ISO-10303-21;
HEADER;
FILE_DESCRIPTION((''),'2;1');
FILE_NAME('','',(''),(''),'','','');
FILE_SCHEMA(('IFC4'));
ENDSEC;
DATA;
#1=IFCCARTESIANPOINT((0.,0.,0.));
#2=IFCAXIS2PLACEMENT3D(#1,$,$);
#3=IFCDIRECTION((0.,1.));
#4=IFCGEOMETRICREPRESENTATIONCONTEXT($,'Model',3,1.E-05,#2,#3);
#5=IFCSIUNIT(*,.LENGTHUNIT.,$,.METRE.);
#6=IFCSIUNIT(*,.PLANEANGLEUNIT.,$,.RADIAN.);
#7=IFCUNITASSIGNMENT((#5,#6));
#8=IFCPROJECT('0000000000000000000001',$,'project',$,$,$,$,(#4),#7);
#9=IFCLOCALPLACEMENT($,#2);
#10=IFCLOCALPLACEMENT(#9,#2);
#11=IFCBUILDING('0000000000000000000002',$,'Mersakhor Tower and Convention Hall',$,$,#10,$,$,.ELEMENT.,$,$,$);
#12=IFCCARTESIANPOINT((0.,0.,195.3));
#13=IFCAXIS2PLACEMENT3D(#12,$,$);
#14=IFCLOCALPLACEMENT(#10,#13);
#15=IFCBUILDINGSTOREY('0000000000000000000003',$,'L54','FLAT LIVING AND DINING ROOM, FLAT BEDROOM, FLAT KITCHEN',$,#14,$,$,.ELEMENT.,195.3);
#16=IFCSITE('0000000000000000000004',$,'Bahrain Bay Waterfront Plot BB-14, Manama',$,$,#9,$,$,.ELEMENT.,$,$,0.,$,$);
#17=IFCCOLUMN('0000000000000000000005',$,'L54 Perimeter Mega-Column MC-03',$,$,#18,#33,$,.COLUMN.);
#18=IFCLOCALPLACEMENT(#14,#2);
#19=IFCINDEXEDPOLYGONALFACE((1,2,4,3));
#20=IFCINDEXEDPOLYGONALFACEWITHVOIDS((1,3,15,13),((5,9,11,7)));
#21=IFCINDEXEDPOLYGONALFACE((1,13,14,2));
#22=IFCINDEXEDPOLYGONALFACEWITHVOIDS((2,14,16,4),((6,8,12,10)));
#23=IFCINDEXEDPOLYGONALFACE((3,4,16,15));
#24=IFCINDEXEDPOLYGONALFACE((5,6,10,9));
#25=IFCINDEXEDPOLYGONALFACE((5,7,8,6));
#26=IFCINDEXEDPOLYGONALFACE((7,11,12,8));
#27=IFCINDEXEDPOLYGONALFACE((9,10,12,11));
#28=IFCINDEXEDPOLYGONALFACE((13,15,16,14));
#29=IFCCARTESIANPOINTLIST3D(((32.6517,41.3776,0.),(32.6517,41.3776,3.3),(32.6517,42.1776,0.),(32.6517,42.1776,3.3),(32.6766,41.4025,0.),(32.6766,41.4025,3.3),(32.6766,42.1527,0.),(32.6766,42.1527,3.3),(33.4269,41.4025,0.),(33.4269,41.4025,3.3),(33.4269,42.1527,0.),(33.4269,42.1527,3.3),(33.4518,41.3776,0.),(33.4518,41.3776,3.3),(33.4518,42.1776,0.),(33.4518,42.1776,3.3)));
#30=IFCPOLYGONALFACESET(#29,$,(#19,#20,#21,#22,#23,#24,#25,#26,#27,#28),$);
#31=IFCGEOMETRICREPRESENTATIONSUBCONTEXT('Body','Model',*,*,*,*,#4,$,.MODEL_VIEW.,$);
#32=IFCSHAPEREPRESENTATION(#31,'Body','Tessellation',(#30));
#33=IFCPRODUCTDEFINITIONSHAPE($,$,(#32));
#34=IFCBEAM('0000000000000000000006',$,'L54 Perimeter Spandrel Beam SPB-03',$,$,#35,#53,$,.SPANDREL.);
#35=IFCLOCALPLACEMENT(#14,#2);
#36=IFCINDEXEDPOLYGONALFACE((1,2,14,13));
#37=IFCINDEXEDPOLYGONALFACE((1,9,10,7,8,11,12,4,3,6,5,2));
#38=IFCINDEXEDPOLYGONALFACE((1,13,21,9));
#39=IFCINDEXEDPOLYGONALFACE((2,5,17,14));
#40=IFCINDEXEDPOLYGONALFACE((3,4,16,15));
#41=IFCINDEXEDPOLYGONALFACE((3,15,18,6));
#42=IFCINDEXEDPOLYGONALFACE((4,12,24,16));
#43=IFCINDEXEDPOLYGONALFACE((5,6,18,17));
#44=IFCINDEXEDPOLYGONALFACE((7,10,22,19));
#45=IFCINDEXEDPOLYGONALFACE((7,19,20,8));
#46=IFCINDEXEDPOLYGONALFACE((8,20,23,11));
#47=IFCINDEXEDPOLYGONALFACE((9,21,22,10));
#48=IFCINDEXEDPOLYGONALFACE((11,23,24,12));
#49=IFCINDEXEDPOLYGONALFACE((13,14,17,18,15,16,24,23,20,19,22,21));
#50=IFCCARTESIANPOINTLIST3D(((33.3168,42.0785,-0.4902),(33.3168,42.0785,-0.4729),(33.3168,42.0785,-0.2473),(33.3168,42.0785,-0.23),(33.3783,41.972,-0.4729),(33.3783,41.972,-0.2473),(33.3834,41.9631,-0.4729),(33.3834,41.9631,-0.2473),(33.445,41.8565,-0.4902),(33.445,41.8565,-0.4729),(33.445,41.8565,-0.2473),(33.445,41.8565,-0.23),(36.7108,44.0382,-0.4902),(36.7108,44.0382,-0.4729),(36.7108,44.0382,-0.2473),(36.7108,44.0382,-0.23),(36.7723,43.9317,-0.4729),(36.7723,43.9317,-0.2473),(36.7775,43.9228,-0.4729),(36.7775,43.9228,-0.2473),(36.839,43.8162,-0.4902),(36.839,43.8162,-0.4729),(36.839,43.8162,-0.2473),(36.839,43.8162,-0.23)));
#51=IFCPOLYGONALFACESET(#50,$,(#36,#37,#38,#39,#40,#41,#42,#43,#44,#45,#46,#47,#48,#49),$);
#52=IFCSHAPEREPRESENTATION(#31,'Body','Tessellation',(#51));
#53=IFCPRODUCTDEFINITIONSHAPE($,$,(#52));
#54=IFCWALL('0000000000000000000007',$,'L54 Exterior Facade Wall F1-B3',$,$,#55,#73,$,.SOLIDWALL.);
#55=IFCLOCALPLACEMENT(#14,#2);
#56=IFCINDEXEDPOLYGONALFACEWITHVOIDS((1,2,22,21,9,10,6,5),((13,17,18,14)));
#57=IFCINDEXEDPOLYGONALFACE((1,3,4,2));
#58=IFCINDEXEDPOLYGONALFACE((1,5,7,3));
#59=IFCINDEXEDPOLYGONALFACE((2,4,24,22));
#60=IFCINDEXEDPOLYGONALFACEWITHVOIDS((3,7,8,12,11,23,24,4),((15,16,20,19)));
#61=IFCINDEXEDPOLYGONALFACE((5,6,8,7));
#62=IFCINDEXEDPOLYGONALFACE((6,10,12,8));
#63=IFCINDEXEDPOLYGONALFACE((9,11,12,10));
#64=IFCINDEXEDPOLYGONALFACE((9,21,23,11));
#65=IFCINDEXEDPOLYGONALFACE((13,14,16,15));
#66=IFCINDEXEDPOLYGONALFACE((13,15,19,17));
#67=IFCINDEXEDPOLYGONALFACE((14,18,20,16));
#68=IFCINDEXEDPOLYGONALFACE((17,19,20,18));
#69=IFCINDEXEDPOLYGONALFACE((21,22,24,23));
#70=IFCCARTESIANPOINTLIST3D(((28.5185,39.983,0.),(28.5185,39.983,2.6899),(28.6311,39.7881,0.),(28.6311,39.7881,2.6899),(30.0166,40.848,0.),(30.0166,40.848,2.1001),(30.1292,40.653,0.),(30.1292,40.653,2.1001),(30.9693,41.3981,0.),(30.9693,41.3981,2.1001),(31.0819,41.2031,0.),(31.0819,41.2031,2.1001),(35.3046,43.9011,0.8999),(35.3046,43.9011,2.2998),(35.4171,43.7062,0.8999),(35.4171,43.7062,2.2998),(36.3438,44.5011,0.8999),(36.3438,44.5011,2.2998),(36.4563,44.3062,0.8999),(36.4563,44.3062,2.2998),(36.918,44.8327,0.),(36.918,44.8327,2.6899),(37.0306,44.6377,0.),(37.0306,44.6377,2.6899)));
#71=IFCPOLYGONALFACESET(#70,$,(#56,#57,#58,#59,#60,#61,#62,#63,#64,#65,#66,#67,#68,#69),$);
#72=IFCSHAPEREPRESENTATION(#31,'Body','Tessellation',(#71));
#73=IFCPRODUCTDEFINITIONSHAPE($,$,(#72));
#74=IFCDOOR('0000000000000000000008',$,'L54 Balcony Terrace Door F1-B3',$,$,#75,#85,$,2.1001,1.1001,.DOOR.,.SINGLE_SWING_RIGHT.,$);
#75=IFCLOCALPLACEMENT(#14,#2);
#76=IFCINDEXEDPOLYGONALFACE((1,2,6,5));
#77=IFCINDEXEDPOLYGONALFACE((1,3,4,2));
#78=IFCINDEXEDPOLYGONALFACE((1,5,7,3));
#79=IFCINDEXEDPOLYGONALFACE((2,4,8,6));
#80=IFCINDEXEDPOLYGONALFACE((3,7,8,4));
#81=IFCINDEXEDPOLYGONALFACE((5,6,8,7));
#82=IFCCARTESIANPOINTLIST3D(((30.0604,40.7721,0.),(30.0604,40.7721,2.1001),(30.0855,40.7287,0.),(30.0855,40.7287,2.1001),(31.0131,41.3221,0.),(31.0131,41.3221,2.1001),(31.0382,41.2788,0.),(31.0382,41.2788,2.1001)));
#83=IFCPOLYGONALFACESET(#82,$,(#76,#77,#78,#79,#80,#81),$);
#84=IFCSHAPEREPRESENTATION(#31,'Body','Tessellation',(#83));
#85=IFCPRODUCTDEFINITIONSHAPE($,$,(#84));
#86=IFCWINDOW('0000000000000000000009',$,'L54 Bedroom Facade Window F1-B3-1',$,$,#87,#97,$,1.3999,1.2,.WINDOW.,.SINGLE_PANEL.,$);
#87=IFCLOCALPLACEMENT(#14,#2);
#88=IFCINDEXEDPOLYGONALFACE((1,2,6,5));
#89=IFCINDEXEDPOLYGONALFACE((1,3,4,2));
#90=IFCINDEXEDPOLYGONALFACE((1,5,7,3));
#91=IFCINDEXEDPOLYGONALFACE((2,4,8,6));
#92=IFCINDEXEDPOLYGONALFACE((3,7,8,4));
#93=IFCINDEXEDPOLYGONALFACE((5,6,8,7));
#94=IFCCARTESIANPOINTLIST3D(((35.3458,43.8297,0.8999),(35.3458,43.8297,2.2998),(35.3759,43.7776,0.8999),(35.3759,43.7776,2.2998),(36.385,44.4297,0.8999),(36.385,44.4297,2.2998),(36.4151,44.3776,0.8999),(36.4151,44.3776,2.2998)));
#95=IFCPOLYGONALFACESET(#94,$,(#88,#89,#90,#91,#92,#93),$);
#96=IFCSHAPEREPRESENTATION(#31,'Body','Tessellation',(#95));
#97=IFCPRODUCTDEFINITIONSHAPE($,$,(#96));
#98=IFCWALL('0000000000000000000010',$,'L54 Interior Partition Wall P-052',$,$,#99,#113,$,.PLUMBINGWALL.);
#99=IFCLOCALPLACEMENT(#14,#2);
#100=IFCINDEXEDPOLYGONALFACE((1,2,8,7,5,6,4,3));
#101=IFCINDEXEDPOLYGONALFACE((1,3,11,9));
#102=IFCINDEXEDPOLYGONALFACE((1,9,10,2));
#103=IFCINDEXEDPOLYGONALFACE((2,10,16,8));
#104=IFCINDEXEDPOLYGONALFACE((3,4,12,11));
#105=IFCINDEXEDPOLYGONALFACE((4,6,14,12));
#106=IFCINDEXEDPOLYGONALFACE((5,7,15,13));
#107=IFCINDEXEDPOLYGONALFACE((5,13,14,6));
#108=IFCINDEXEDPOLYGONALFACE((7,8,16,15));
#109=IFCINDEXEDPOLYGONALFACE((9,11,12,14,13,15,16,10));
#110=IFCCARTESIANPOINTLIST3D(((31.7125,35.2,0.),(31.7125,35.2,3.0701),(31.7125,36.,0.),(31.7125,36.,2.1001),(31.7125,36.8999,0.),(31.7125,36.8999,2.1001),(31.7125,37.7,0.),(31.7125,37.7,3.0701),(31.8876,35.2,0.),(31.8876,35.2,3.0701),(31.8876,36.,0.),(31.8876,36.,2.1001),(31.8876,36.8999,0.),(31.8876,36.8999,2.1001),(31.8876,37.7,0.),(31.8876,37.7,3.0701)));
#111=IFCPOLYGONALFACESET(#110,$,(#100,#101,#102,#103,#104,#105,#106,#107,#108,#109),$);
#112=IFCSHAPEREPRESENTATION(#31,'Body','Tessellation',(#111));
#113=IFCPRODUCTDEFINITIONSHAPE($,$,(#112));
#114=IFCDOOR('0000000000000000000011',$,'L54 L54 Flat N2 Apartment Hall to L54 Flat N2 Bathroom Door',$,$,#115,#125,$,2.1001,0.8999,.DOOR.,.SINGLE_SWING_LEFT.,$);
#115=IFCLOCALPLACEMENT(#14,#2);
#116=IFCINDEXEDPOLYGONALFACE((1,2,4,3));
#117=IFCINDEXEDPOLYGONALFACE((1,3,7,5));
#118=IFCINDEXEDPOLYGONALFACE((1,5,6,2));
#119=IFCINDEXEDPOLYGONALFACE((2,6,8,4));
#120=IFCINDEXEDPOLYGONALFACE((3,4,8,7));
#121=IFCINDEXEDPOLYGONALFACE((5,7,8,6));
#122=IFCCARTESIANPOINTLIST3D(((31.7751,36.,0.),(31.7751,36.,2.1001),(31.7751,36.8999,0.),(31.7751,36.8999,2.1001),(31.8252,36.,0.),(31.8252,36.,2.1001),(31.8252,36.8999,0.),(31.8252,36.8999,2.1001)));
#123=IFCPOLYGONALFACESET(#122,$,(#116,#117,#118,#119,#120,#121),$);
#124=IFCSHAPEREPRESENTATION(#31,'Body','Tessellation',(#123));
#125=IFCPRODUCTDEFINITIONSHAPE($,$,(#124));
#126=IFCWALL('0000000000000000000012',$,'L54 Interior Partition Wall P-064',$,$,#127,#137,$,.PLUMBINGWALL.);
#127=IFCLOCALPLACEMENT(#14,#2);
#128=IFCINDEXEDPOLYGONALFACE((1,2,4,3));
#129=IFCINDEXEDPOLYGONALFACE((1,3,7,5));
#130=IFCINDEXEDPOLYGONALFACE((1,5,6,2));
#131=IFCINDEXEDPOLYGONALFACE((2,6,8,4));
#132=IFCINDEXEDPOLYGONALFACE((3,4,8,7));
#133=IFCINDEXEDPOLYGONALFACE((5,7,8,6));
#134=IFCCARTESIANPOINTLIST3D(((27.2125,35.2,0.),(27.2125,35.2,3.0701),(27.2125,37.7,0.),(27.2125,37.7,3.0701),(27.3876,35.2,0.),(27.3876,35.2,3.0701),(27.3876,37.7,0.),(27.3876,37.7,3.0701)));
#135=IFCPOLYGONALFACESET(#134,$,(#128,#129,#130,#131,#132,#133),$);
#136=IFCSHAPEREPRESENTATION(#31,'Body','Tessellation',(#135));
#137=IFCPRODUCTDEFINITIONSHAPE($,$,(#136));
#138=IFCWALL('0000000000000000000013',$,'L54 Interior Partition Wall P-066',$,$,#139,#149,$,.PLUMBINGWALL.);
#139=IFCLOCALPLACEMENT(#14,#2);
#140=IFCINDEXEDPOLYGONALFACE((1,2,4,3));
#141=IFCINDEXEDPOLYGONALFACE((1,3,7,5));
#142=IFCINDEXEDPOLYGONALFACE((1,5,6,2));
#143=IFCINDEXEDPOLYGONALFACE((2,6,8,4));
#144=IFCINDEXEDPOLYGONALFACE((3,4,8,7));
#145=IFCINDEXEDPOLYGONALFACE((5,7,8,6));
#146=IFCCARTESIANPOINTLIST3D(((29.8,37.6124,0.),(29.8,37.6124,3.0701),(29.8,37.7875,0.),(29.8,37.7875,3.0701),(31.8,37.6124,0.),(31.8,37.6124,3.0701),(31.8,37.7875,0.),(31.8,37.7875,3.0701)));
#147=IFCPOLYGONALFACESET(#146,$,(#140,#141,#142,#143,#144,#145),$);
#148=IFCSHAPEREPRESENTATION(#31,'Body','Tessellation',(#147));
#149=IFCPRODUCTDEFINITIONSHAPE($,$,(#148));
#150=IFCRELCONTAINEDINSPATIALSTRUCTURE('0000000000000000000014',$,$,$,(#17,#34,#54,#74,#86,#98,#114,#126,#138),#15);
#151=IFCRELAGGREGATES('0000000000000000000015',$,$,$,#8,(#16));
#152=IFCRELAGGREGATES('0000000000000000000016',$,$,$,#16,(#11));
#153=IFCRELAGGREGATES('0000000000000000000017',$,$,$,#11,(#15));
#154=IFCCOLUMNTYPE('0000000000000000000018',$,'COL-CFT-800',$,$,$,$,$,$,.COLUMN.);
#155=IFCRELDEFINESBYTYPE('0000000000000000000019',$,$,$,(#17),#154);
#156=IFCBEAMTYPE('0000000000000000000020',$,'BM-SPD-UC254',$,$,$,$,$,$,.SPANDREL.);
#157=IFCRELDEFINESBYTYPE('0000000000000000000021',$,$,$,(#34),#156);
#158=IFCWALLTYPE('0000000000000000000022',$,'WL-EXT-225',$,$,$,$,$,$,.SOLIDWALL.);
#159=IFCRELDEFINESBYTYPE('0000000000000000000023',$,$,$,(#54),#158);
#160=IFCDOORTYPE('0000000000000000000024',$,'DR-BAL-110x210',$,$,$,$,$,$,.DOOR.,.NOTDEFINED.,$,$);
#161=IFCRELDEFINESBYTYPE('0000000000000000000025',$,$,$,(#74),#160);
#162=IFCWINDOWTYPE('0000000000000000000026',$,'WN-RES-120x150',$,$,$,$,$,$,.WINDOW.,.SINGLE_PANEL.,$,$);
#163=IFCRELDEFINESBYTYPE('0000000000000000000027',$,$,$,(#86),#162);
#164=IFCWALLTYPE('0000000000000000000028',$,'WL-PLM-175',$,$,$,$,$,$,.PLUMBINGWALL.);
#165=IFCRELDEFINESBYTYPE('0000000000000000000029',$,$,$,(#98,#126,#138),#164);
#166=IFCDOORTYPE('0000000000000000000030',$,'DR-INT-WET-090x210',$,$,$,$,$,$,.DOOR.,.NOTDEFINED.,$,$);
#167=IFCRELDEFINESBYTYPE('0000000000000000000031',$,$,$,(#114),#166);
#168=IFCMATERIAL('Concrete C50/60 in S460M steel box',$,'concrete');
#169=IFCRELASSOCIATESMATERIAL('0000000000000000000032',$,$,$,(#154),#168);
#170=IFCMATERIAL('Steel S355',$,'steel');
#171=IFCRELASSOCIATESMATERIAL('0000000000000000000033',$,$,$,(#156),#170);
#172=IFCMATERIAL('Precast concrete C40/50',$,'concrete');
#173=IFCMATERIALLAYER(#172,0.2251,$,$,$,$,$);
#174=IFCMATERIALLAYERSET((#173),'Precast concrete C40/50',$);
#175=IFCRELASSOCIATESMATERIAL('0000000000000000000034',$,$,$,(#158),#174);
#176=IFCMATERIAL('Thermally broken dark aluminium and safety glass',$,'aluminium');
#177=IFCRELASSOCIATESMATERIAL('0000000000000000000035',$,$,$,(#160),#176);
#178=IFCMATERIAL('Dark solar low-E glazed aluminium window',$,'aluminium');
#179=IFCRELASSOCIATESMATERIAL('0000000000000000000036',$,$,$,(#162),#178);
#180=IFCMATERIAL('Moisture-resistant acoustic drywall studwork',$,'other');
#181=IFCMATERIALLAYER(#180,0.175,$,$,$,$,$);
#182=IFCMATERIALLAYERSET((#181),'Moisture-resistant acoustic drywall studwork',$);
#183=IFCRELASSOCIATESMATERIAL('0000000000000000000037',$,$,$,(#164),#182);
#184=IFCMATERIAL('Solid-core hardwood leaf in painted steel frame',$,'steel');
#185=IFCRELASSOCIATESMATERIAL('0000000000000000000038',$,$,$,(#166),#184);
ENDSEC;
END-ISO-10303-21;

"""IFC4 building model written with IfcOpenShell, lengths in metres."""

from ifc_helpers import new_model, si_unit, direction, frame, frame_2d, origin, origin_2d, place, context, subcontext, project, spatial, rectangle, hollow_rectangle, i_section, extrude, material, layer, layer_set, material_profile, profile_set, type_object, element, fill, save


model = new_model("IFC4")

# Units and contexts
model_context = context("Model", 3, precision=1e-05, world=origin(), true_north=direction((0.0, 1.0)))
body_context = subcontext(model_context, "Body", "Model", "MODEL_VIEW")
ifc_project = project(units=[si_unit("LENGTHUNIT", "METRE"), si_unit("PLANEANGLEUNIT", "RADIAN")], contexts=[model_context])

# Site, building, storey
site_placement = place(None, origin())
site = spatial("IfcSite", under=ifc_project, at=site_placement, Name="Bahrain Bay Waterfront Plot BB-14, Manama", CompositionType="ELEMENT", RefElevation=0.0)
building_placement = place(site_placement, origin())
building = spatial("IfcBuilding", under=site, at=building_placement, Name="Mersakhor Tower and Convention Hall", CompositionType="ELEMENT")
storey_placement = place(building_placement, frame((0.0, 0.0, 195.3)))
storey = spatial("IfcBuildingStorey", under=building, at=storey_placement, Name="L54", Description="FLAT LIVING AND DINING ROOM, FLAT BEDROOM, FLAT KITCHEN", CompositionType="ELEMENT", Elevation=195.3)

# Column
ifc_material_1 = material(Name="Concrete C50/60 in S460M steel box", Category="concrete")
ifc_material_profile_1 = material_profile(ifc_material_1, hollow_rectangle(XDim=0.8, YDim=0.8, WallThickness=0.0249, at=origin_2d()), Name="SHS 800x800x25")
ifc_profile_set_1 = profile_set([ifc_material_profile_1], Name="Concrete C50/60 in S460M steel box")
column_type = type_object("IfcColumnType", Name="COL-CFT-800", PredefinedType="COLUMN", material=ifc_profile_set_1)
column_placement = place(storey_placement, frame((33.0518, 41.7776, 0.0), z_axis=(0.0, 0.0, 1.0), x_axis=(1.0, 0.0, 0.0)))
element("IfcColumn", 1, at=column_placement, inside=storey, type_object=column_type, Name="L54 Perimeter Mega-Column MC-03", PredefinedType="COLUMN", context=body_context, shape_type="SweptSolid", body=[
    extrude(hollow_rectangle(XDim=0.8, YDim=0.8, WallThickness=0.0249, at=origin_2d()), origin(), (0.0, 0.0, 1.0), 3.3),
])

# Beam
ifc_material_2 = material(Name="Steel S355", Category="steel")
ifc_material_profile_2 = material_profile(ifc_material_2, i_section(OverallWidth=0.2563, OverallDepth=0.2603, WebThickness=0.0103, FlangeThickness=0.0173, at=origin_2d()), Name="UC 254x254x89")
ifc_profile_set_2 = profile_set([ifc_material_profile_2], Name="Steel S355")
beam_type = type_object("IfcBeamType", Name="BM-SPD-UC254", PredefinedType="SPANDREL", material=ifc_profile_set_2)
beam_placement = place(storey_placement, frame((33.3809, 41.9675, -0.3601), z_axis=(0.866007, 0.500032, 0.0), x_axis=(-0.500032, 0.866007, 0.0)))
element("IfcBeam", 2, at=beam_placement, inside=storey, type_object=beam_type, Name="L54 Perimeter Spandrel Beam SPB-03", PredefinedType="SPANDREL", context=body_context, shape_type="SweptSolid", body=[
    extrude(i_section(OverallWidth=0.2563, OverallDepth=0.2603, WebThickness=0.0103, FlangeThickness=0.0173, at=origin_2d()), origin(), (0.0, 0.0, 1.0), 3.9192),
])

# Wall, openings, door, window
ifc_material_3 = material(Name="Precast concrete C40/50", Category="concrete")
ifc_layer_1 = layer(ifc_material_3, 0.2251)
ifc_layer_set_1 = layer_set([ifc_layer_1], Name="Precast concrete C40/50")
wall_type_1 = type_object("IfcWallType", Name="WL-EXT-225", PredefinedType="SOLIDWALL", material=ifc_layer_set_1)
wall_1_placement = place(storey_placement, frame((28.5747, 39.8855, 0.0), z_axis=(0.0, 0.0, 1.0), x_axis=(0.866016, 0.500016, 0.0)))
wall_1 = element("IfcWall", 3, at=wall_1_placement, inside=storey, type_object=wall_type_1, Name="L54 Exterior Facade Wall F1-B3", PredefinedType="SOLIDWALL", context=body_context, shape_type="SweptSolid", body=[
    extrude(rectangle(XDim=9.699, YDim=0.2251, at=frame_2d((4.8496, 0.0))), origin(), (0.0, 0.0, 1.0), 2.6899),
])
opening_1_placement = place(wall_1_placement, frame((1.73, 0.0, 0.0)))
opening_1 = element("IfcOpeningElement", 4, at=opening_1_placement, cuts=wall_1, PredefinedType="OPENING", context=body_context, shape_type="SweptSolid", body=[
    extrude(rectangle(XDim=1.1001, YDim=2.1001, at=frame_2d((0.55, 1.05))), frame((0.0, 0.1226, 0.0), z_axis=(0.0, -1.0, 0.0), x_axis=(1.0, 0.0, 0.0)), (0.0, 0.0, 1.0), 0.2451),
])
opening_2_placement = place(wall_1_placement, frame((7.8359, 0.0, 0.8999)))
opening_2 = element("IfcOpeningElement", 5, at=opening_2_placement, cuts=wall_1, PredefinedType="OPENING", context=body_context, shape_type="SweptSolid", body=[
    extrude(rectangle(XDim=1.2, YDim=1.3999, at=frame_2d((0.6001, 0.7))), frame((0.0, 0.1226, 0.0), z_axis=(0.0, -1.0, 0.0), x_axis=(1.0, 0.0, 0.0)), (0.0, 0.0, 1.0), 0.2451),
])
ifc_material_4 = material(Name="Thermally broken dark aluminium and safety glass", Category="aluminium")
door_type_1 = type_object("IfcDoorType", Name="DR-BAL-110x210", OperationType="NOTDEFINED", PredefinedType="DOOR", material=ifc_material_4)
door_1_placement = place(opening_1_placement, origin())
door_1 = element("IfcDoor", 6, at=door_1_placement, inside=storey, type_object=door_type_1, Name="L54 Balcony Terrace Door F1-B3", OperationType="SINGLE_SWING_RIGHT", OverallHeight=2.1001, OverallWidth=1.1001, PredefinedType="DOOR", context=body_context, shape_type="SweptSolid", body=[
    extrude(rectangle(XDim=1.1001, YDim=2.1001, at=frame_2d((0.55, 1.05))), frame((0.0, 0.0249, 0.0), z_axis=(0.0, -1.0, 0.0), x_axis=(1.0, 0.0, 0.0)), (0.0, 0.0, 1.0), 0.05),
])
fill(opening_1, door_1)
ifc_material_5 = material(Name="Dark solar low-E glazed aluminium window", Category="aluminium")
window_type = type_object("IfcWindowType", Name="WN-RES-120x150", PartitioningType="SINGLE_PANEL", PredefinedType="WINDOW", material=ifc_material_5)
window_placement = place(opening_2_placement, origin())
window = element("IfcWindow", 7, at=window_placement, inside=storey, type_object=window_type, Name="L54 Bedroom Facade Window F1-B3-1", OverallHeight=1.3999, OverallWidth=1.2, PartitioningType="SINGLE_PANEL", PredefinedType="WINDOW", context=body_context, shape_type="SweptSolid", body=[
    extrude(rectangle(XDim=1.2, YDim=1.3999, at=frame_2d((0.6001, 0.7))), frame((0.0, 0.03, 0.0), z_axis=(0.0, -1.0, 0.0), x_axis=(1.0, 0.0, 0.0)), (0.0, 0.0, 1.0), 0.0601),
])
fill(opening_2, window)

# Wall, opening, door
ifc_material_6 = material(Name="Moisture-resistant acoustic drywall studwork", Category="other")
ifc_layer_2 = layer(ifc_material_6, 0.175)
ifc_layer_set_2 = layer_set([ifc_layer_2], Name="Moisture-resistant acoustic drywall studwork")
wall_type_2 = type_object("IfcWallType", Name="WL-PLM-175", PredefinedType="PLUMBINGWALL", material=ifc_layer_set_2)
wall_2_placement = place(storey_placement, frame((31.8, 35.2, 0.0), z_axis=(0.0, 0.0, 1.0), x_axis=(0.0, 1.0, 0.0)))
wall_2 = element("IfcWall", 8, at=wall_2_placement, inside=storey, type_object=wall_type_2, Name="L54 Interior Partition Wall P-052", PredefinedType="PLUMBINGWALL", context=body_context, shape_type="SweptSolid", body=[
    extrude(rectangle(XDim=2.5, YDim=0.175, at=frame_2d((1.25, 0.0))), origin(), (0.0, 0.0, 1.0), 3.0701),
])
opening_3_placement = place(wall_2_placement, frame((0.8, 0.0, 0.0)))
opening_3 = element("IfcOpeningElement", 9, at=opening_3_placement, cuts=wall_2, PredefinedType="OPENING", context=body_context, shape_type="SweptSolid", body=[
    extrude(rectangle(XDim=0.8999, YDim=2.1001, at=frame_2d((0.45, 1.05))), frame((0.0, 0.0974, 0.0), z_axis=(0.0, -1.0, 0.0), x_axis=(1.0, 0.0, 0.0)), (0.0, 0.0, 1.0), 0.1951),
])
ifc_material_7 = material(Name="Solid-core hardwood leaf in painted steel frame", Category="steel")
door_type_2 = type_object("IfcDoorType", Name="DR-INT-WET-090x210", OperationType="NOTDEFINED", PredefinedType="DOOR", material=ifc_material_7)
door_2_placement = place(opening_3_placement, origin())
door_2 = element("IfcDoor", 10, at=door_2_placement, inside=storey, type_object=door_type_2, Name="L54 L54 Flat N2 Apartment Hall to L54 Flat N2 Bathroom Door", OperationType="SINGLE_SWING_LEFT", OverallHeight=2.1001, OverallWidth=0.8999, PredefinedType="DOOR", context=body_context, shape_type="SweptSolid", body=[
    extrude(rectangle(XDim=0.8999, YDim=2.1001, at=frame_2d((0.45, 1.05))), frame((0.0, 0.0249, 0.0), z_axis=(0.0, -1.0, 0.0), x_axis=(1.0, 0.0, 0.0)), (0.0, 0.0, 1.0), 0.05),
])
fill(opening_3, door_2)

# Walls
wall_3_placement = place(storey_placement, frame((27.3, 37.7, 0.0), z_axis=(0.0, 0.0, 1.0), x_axis=(0.0, -1.0, 0.0)))
element("IfcWall", 11, at=wall_3_placement, inside=storey, type_object=wall_type_2, Name="L54 Interior Partition Wall P-064", PredefinedType="PLUMBINGWALL", context=body_context, shape_type="SweptSolid", body=[
    extrude(rectangle(XDim=2.5, YDim=0.175, at=frame_2d((1.25, 0.0))), origin(), (0.0, 0.0, 1.0), 3.0701),
])
wall_4_placement = place(storey_placement, frame((29.8, 37.7, 0.0), z_axis=(0.0, 0.0, 1.0), x_axis=(1.0, 0.0, 0.0)))
element("IfcWall", 12, at=wall_4_placement, inside=storey, type_object=wall_type_2, Name="L54 Interior Partition Wall P-066", PredefinedType="PLUMBINGWALL", context=body_context, shape_type="SweptSolid", body=[
    extrude(rectangle(XDim=2.0, YDim=0.175, at=frame_2d((1.0, 0.0))), origin(), (0.0, 0.0, 1.0), 3.0701),
])

save(model, "model.ifc")
